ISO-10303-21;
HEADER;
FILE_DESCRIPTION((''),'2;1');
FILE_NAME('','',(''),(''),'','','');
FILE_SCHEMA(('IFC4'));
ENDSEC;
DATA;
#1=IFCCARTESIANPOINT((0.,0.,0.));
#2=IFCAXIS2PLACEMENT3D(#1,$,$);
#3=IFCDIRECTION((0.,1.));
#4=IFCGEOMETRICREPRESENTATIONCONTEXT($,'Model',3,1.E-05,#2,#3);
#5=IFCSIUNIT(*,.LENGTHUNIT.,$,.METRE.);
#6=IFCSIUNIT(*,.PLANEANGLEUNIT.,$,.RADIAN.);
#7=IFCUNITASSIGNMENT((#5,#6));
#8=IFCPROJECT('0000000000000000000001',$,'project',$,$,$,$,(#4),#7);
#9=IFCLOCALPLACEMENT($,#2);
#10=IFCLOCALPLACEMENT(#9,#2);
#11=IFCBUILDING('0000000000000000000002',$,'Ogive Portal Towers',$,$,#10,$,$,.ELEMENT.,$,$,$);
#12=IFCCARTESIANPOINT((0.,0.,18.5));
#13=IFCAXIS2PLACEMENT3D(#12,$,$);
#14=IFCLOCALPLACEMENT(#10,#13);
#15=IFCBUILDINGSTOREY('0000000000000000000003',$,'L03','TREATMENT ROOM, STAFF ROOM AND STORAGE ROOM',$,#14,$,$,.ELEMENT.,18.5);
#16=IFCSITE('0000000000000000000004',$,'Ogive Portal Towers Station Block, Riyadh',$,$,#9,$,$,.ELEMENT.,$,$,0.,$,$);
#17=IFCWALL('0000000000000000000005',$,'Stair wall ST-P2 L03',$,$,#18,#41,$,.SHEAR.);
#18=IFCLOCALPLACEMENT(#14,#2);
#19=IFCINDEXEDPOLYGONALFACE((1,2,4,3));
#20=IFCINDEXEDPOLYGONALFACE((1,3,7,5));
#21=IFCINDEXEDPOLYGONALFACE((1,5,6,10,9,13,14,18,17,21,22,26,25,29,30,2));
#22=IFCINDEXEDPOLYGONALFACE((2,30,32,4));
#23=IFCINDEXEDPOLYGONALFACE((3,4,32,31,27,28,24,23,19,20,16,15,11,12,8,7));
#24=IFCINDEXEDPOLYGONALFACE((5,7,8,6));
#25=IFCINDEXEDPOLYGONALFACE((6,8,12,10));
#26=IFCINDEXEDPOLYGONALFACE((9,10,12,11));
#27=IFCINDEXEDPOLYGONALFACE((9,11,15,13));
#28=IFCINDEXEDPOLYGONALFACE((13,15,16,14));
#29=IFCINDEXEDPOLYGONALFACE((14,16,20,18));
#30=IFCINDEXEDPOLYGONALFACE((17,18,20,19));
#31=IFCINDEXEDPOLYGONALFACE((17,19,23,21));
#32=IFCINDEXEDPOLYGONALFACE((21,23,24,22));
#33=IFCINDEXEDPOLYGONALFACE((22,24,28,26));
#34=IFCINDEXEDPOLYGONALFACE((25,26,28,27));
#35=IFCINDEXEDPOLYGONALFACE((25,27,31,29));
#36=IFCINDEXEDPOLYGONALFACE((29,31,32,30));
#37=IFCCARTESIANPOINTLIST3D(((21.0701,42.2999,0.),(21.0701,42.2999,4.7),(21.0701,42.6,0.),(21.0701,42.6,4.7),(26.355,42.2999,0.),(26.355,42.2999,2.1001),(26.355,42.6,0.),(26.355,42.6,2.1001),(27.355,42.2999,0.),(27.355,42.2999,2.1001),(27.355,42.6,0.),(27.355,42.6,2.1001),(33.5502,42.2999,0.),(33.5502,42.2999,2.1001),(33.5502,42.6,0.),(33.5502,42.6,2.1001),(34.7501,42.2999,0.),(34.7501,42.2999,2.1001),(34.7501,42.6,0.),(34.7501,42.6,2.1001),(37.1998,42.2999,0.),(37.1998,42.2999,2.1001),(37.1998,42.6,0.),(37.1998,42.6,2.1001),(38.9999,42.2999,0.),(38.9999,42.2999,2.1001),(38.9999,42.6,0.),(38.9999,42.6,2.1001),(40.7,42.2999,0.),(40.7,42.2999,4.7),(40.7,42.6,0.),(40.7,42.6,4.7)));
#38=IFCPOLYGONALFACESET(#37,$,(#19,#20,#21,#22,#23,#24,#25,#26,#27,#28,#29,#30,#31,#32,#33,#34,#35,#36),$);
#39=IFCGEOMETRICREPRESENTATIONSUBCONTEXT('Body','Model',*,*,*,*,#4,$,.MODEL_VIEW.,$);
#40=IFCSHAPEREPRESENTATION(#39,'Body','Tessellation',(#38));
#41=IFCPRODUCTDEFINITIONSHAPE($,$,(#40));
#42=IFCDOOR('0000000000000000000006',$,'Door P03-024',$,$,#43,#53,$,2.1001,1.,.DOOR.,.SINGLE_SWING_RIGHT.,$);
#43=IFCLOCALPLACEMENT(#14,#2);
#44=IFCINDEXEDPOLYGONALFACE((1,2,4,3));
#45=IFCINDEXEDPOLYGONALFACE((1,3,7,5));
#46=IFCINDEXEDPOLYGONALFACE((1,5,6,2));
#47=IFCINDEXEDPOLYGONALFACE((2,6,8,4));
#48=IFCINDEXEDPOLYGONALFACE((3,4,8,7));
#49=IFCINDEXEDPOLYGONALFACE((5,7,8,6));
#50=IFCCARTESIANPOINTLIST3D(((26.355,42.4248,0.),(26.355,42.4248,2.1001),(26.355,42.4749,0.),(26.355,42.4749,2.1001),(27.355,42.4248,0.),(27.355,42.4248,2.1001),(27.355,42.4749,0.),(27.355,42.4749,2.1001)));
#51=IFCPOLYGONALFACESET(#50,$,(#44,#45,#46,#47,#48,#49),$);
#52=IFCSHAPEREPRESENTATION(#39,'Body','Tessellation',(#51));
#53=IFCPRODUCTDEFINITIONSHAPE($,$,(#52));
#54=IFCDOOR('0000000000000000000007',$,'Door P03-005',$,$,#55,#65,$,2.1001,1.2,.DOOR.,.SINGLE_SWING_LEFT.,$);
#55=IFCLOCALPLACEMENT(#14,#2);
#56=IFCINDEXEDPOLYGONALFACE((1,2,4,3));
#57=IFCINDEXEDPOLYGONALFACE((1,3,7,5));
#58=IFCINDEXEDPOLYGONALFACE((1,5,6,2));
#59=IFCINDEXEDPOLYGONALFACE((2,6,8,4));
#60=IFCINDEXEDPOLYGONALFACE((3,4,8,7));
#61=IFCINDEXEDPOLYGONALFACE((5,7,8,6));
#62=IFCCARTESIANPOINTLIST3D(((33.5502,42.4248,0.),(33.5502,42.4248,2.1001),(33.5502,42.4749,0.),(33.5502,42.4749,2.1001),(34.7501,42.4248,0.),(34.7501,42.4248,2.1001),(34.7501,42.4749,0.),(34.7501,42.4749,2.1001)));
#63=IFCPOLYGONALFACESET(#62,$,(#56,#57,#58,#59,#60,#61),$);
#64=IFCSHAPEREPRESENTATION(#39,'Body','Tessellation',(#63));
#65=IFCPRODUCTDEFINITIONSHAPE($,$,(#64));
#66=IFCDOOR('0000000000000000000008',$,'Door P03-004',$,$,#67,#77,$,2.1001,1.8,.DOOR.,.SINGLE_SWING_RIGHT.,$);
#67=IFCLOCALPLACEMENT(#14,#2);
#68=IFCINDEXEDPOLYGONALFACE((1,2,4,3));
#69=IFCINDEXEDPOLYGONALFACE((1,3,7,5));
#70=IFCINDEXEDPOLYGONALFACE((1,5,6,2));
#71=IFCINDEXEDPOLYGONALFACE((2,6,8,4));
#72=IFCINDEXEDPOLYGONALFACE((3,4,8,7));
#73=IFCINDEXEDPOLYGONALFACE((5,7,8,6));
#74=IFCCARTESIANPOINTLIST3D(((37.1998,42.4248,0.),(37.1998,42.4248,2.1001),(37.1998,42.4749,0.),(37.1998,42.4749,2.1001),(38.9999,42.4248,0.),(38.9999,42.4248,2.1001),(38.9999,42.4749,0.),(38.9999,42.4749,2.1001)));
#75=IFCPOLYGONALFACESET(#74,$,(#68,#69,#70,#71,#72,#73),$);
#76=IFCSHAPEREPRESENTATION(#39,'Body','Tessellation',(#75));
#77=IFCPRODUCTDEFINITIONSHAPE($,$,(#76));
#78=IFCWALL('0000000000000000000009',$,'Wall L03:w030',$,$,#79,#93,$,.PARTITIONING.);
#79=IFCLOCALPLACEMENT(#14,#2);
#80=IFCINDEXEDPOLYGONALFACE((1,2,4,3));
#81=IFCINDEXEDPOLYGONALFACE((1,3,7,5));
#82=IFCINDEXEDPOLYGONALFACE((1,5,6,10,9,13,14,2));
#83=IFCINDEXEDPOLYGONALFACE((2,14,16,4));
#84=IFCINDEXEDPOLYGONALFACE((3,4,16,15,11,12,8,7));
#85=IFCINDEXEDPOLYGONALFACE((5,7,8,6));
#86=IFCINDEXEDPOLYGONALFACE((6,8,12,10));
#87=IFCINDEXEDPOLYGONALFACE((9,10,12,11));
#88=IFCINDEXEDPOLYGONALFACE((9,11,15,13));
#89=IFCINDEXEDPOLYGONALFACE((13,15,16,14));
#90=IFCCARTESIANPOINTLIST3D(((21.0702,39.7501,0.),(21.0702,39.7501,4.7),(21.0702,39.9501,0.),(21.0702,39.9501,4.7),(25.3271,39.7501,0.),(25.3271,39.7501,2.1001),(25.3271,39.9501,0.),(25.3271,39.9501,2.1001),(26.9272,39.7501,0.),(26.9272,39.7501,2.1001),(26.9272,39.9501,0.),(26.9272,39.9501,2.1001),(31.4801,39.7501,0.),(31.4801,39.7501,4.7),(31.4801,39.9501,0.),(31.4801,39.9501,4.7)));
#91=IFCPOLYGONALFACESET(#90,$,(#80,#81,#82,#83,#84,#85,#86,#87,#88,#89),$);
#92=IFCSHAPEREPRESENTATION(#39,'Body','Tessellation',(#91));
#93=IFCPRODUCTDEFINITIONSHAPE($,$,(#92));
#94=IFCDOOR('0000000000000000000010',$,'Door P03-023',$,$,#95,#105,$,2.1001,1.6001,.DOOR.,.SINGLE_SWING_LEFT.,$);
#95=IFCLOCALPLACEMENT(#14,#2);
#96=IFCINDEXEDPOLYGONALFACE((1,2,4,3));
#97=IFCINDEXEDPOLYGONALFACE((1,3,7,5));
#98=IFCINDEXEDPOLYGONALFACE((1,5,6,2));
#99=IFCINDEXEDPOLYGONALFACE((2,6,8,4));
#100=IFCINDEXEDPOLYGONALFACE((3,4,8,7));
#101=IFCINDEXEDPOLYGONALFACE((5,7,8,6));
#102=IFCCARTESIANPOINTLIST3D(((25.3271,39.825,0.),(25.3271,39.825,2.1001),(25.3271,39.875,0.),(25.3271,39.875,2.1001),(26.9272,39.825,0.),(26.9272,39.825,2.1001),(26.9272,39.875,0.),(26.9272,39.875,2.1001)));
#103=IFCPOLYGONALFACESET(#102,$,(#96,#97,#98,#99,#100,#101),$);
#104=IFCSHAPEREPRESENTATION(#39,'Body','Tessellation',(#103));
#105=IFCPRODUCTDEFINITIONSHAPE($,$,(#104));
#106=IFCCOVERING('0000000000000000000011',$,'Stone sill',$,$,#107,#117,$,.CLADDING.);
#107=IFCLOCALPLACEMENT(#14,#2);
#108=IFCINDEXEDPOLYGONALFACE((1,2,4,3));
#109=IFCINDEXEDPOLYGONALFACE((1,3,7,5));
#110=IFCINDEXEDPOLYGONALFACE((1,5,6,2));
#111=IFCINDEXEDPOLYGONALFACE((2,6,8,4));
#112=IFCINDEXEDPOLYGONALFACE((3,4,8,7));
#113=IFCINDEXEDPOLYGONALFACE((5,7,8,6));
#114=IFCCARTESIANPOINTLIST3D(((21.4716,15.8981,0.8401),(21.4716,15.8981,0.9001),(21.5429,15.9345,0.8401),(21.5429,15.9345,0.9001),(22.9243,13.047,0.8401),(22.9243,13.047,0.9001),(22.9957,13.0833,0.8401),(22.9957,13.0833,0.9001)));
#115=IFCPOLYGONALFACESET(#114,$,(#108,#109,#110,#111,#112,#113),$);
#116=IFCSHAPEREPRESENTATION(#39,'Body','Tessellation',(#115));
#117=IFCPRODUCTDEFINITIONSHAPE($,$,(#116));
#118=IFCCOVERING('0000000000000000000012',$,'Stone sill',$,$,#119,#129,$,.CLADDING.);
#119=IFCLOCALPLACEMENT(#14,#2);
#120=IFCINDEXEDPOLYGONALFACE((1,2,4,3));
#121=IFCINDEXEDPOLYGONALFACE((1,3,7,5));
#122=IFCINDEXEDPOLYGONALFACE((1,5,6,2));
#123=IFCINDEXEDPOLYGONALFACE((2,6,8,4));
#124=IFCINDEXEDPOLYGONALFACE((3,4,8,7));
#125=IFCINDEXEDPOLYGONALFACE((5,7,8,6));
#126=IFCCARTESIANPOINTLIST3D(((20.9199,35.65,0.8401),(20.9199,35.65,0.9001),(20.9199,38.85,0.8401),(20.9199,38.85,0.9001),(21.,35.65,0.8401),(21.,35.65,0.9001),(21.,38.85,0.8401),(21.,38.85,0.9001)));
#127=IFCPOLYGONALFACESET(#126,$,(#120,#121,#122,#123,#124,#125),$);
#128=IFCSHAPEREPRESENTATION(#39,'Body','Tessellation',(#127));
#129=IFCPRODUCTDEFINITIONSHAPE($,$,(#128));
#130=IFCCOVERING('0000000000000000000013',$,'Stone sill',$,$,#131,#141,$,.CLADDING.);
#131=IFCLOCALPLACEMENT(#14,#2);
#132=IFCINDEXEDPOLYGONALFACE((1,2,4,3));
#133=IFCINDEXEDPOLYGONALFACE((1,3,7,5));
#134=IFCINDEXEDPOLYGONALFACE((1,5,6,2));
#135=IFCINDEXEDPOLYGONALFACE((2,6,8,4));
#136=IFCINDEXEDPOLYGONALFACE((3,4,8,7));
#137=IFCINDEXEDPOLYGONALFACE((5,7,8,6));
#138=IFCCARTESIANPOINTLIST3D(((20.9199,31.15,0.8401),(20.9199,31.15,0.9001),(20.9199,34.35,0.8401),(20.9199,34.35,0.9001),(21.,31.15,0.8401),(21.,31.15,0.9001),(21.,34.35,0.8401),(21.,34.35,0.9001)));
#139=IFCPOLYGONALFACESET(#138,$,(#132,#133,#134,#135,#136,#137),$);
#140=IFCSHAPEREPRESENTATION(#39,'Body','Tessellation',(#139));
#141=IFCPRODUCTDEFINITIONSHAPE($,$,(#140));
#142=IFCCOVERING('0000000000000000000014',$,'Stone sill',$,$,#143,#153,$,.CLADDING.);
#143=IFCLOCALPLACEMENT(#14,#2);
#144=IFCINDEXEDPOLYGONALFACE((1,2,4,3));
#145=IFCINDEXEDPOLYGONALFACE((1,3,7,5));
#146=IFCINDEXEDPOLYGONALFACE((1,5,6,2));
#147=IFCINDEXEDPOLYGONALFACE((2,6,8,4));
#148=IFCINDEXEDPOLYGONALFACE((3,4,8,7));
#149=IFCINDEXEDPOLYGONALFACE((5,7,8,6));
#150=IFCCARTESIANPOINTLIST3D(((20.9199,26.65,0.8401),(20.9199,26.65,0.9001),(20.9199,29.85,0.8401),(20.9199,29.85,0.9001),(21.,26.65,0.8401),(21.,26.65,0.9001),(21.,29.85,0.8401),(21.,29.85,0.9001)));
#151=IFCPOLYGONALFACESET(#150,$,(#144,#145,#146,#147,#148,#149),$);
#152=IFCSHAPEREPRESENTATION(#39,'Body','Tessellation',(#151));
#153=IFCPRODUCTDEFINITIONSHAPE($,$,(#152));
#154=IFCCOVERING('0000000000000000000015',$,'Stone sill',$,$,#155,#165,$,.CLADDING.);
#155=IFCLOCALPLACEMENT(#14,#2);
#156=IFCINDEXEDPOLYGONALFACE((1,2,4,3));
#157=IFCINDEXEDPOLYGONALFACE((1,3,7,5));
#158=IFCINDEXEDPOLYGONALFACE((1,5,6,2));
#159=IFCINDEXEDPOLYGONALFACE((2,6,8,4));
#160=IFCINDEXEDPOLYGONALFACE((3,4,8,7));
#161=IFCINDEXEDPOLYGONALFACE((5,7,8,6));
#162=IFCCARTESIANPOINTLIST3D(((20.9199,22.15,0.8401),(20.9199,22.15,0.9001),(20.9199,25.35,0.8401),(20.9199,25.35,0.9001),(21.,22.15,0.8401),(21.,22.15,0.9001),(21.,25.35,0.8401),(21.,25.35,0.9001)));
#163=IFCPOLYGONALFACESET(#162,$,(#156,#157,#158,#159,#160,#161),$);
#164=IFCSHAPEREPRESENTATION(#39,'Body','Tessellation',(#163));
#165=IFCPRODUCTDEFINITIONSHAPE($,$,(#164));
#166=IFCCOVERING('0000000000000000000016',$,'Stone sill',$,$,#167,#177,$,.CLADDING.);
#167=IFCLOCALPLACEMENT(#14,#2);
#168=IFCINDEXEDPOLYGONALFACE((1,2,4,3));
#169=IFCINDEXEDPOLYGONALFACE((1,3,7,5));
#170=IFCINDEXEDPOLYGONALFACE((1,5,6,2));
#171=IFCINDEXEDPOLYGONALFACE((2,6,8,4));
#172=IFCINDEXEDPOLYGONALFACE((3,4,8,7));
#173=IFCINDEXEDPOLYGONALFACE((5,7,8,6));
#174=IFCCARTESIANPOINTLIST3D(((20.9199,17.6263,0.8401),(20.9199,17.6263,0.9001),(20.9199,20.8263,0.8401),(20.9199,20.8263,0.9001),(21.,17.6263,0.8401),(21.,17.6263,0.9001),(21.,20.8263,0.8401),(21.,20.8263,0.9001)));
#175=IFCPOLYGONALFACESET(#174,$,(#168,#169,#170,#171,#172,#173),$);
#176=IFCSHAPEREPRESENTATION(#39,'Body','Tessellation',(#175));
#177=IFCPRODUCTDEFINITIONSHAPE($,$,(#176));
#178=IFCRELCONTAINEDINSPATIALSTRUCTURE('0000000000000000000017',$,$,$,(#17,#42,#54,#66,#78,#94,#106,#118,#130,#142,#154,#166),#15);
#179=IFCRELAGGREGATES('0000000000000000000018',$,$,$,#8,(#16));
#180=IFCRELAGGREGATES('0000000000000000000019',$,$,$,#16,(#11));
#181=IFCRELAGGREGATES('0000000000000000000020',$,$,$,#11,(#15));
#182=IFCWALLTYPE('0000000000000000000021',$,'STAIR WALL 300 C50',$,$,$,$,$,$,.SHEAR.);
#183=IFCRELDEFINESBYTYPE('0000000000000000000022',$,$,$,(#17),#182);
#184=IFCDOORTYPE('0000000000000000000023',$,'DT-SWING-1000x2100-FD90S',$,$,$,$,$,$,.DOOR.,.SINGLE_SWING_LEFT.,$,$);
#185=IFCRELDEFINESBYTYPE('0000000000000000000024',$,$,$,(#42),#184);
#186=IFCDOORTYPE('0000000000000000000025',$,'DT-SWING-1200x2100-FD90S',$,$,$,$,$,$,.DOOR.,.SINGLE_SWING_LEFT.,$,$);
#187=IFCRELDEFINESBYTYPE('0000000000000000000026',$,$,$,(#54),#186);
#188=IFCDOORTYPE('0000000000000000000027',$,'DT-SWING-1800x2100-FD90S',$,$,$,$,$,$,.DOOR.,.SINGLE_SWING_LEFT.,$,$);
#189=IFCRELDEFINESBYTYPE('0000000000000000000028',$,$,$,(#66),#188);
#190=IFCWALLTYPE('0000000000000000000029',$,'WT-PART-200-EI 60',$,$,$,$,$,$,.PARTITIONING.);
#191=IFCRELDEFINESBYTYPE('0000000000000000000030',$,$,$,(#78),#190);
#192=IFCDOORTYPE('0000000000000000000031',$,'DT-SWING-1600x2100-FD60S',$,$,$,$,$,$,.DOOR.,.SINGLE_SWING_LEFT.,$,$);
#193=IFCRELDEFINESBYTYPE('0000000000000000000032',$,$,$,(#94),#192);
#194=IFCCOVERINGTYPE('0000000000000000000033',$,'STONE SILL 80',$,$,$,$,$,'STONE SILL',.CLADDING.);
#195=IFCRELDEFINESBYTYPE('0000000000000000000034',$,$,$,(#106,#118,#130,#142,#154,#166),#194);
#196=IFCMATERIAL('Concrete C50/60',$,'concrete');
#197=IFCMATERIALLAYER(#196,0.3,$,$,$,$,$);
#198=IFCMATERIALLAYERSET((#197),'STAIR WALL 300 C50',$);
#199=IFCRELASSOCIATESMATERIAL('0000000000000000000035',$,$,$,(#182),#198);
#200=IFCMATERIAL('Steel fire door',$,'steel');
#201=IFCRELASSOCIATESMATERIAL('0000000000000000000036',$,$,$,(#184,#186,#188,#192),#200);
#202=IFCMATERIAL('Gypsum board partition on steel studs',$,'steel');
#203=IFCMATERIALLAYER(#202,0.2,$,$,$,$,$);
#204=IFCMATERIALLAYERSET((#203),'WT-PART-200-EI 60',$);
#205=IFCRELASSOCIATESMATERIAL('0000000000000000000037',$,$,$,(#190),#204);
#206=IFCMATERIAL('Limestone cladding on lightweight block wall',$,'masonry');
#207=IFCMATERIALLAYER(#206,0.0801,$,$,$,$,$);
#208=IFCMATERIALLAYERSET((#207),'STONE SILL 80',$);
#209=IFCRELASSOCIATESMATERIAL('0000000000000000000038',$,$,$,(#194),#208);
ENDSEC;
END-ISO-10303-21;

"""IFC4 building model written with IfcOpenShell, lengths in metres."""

from ifc_helpers import new_model, si_unit, direction, frame, frame_2d, origin, origin_2d, place, context, subcontext, project, spatial, rectangle, extrude, material, layer, layer_set, type_object, element, fill, save


model = new_model("IFC4")

# Units and contexts
model_context = context("Model", 3, precision=1e-05, world=origin(), true_north=direction((0.0, 1.0)))
body_context = subcontext(model_context, "Body", "Model", "MODEL_VIEW")
ifc_project = project(units=[si_unit("LENGTHUNIT", "METRE"), si_unit("PLANEANGLEUNIT", "RADIAN")], contexts=[model_context])

# Site, building, storey
site_placement = place(None, origin())
site = spatial("IfcSite", under=ifc_project, at=site_placement, Name="Ogive Portal Towers Station Block, Riyadh", CompositionType="ELEMENT", RefElevation=0.0)
building_placement = place(site_placement, origin())
building = spatial("IfcBuilding", under=site, at=building_placement, Name="Ogive Portal Towers", CompositionType="ELEMENT")
storey_placement = place(building_placement, frame((0.0, 0.0, 18.5)))
storey = spatial("IfcBuildingStorey", under=building, at=storey_placement, Name="L03", Description="TREATMENT ROOM, STAFF ROOM AND STORAGE ROOM", CompositionType="ELEMENT", Elevation=18.5)

# Shared definitions
ifc_material_1 = material(Name="Concrete C50/60", Category="concrete")

# Shared definitions
ifc_material_2 = material(Name="Limestone cladding on lightweight block wall", Category="masonry")

# Wall, openings, doors
ifc_layer_1 = layer(ifc_material_1, 0.3)
ifc_layer_set_1 = layer_set([ifc_layer_1], Name="STAIR WALL 300 C50")
wall_type_1 = type_object("IfcWallType", Name="STAIR WALL 300 C50", PredefinedType="SHEAR", material=ifc_layer_set_1)
wall_1_placement = place(storey_placement, frame((21.0701, 42.45, 0.0), z_axis=(0.0, 0.0, 1.0), x_axis=(1.0, 0.0, 0.0)))
wall_1 = element("IfcWall", 1, at=wall_1_placement, inside=storey, type_object=wall_type_1, Name="Stair wall ST-P2 L03", PredefinedType="SHEAR", context=body_context, shape_type="SweptSolid", body=[
    extrude(rectangle(XDim=19.6299, YDim=0.3, at=frame_2d((9.8149, 0.0))), origin(), (0.0, 0.0, 1.0), 4.7),
])
opening_1_placement = place(wall_1_placement, frame((16.1299, 0.0, 0.0)))
opening_1 = element("IfcOpeningElement", 2, at=opening_1_placement, cuts=wall_1, PredefinedType="OPENING", context=body_context, shape_type="SweptSolid", body=[
    extrude(rectangle(XDim=1.8, YDim=2.1001, at=frame_2d((0.8999, 1.05))), frame((0.0, 0.1602, 0.0), z_axis=(0.0, -1.0, 0.0), x_axis=(1.0, 0.0, 0.0)), (0.0, 0.0, 1.0), 0.3201),
])
opening_2_placement = place(wall_1_placement, frame((12.48, 0.0, 0.0)))
opening_2 = element("IfcOpeningElement", 3, at=opening_2_placement, cuts=wall_1, PredefinedType="OPENING", context=body_context, shape_type="SweptSolid", body=[
    extrude(rectangle(XDim=1.2, YDim=2.1001, at=frame_2d((0.6001, 1.05))), frame((0.0, 0.1602, 0.0), z_axis=(0.0, -1.0, 0.0), x_axis=(1.0, 0.0, 0.0)), (0.0, 0.0, 1.0), 0.3201),
])
opening_3_placement = place(wall_1_placement, frame((5.2849, 0.0, 0.0)))
opening_3 = element("IfcOpeningElement", 4, at=opening_3_placement, cuts=wall_1, PredefinedType="OPENING", context=body_context, shape_type="SweptSolid", body=[
    extrude(rectangle(XDim=1.0, YDim=2.1001, at=frame_2d((0.5, 1.05))), frame((0.0, 0.1602, 0.0), z_axis=(0.0, -1.0, 0.0), x_axis=(1.0, 0.0, 0.0)), (0.0, 0.0, 1.0), 0.3201),
])
ifc_material_3 = material(Name="Steel fire door", Category="steel")
door_type_1 = type_object("IfcDoorType", Name="DT-SWING-1000x2100-FD90S", OperationType="SINGLE_SWING_LEFT", PredefinedType="DOOR", material=ifc_material_3)
door_1_placement = place(opening_3_placement, origin())
door_1 = element("IfcDoor", 5, at=door_1_placement, inside=storey, type_object=door_type_1, Name="Door P03-024", OperationType="SINGLE_SWING_RIGHT", OverallHeight=2.1001, OverallWidth=1.0, PredefinedType="DOOR", context=body_context, shape_type="SweptSolid", body=[
    extrude(rectangle(XDim=1.0, YDim=2.1001, at=frame_2d((0.5, 1.05))), frame((0.0, 0.0249, 0.0), z_axis=(0.0, -1.0, 0.0), x_axis=(1.0, 0.0, 0.0)), (0.0, 0.0, 1.0), 0.05),
])
fill(opening_3, door_1)
door_type_2 = type_object("IfcDoorType", Name="DT-SWING-1200x2100-FD90S", OperationType="SINGLE_SWING_LEFT", PredefinedType="DOOR", material=ifc_material_3)
door_2_placement = place(opening_2_placement, origin())
door_2 = element("IfcDoor", 6, at=door_2_placement, inside=storey, type_object=door_type_2, Name="Door P03-005", OperationType="SINGLE_SWING_LEFT", OverallHeight=2.1001, OverallWidth=1.2, PredefinedType="DOOR", context=body_context, shape_type="SweptSolid", body=[
    extrude(rectangle(XDim=1.2, YDim=2.1001, at=frame_2d((0.6001, 1.05))), frame((0.0, 0.0249, 0.0), z_axis=(0.0, -1.0, 0.0), x_axis=(1.0, 0.0, 0.0)), (0.0, 0.0, 1.0), 0.05),
])
fill(opening_2, door_2)
door_type_3 = type_object("IfcDoorType", Name="DT-SWING-1800x2100-FD90S", OperationType="SINGLE_SWING_LEFT", PredefinedType="DOOR", material=ifc_material_3)
door_3_placement = place(opening_1_placement, origin())
door_3 = element("IfcDoor", 7, at=door_3_placement, inside=storey, type_object=door_type_3, Name="Door P03-004", OperationType="SINGLE_SWING_RIGHT", OverallHeight=2.1001, OverallWidth=1.8, PredefinedType="DOOR", context=body_context, shape_type="SweptSolid", body=[
    extrude(rectangle(XDim=1.8, YDim=2.1001, at=frame_2d((0.8999, 1.05))), frame((0.0, 0.0249, 0.0), z_axis=(0.0, -1.0, 0.0), x_axis=(1.0, 0.0, 0.0)), (0.0, 0.0, 1.0), 0.05),
])
fill(opening_1, door_3)

# Wall, opening, door
ifc_material_4 = material(Name="Gypsum board partition on steel studs", Category="steel")
ifc_layer_2 = layer(ifc_material_4, 0.2)
ifc_layer_set_2 = layer_set([ifc_layer_2], Name="WT-PART-200-EI 60")
wall_type_2 = type_object("IfcWallType", Name="WT-PART-200-EI 60", PredefinedType="PARTITIONING", material=ifc_layer_set_2)
wall_2_placement = place(storey_placement, frame((21.0701, 39.8501, 0.0), z_axis=(0.0, 0.0, 1.0), x_axis=(1.0, 0.0, 0.0)))
wall_2 = element("IfcWall", 8, at=wall_2_placement, inside=storey, type_object=wall_type_2, Name="Wall L03:w030", PredefinedType="PARTITIONING", context=body_context, shape_type="SweptSolid", body=[
    extrude(rectangle(XDim=10.4099, YDim=0.2, at=frame_2d((5.2051, 0.0))), origin(), (0.0, 0.0, 1.0), 4.7),
])
opening_4_placement = place(wall_2_placement, frame((4.2571, 0.0, 0.0)))
opening_4 = element("IfcOpeningElement", 9, at=opening_4_placement, cuts=wall_2, PredefinedType="OPENING", context=body_context, shape_type="SweptSolid", body=[
    extrude(rectangle(XDim=1.6001, YDim=2.1001, at=frame_2d((0.8, 1.05))), frame((0.0, 0.1099, 0.0), z_axis=(0.0, -1.0, 0.0), x_axis=(1.0, 0.0, 0.0)), (0.0, 0.0, 1.0), 0.22),
])
door_type_4 = type_object("IfcDoorType", Name="DT-SWING-1600x2100-FD60S", OperationType="SINGLE_SWING_LEFT", PredefinedType="DOOR", material=ifc_material_3)
door_4_placement = place(opening_4_placement, origin())
door_4 = element("IfcDoor", 10, at=door_4_placement, inside=storey, type_object=door_type_4, Name="Door P03-023", OperationType="SINGLE_SWING_LEFT", OverallHeight=2.1001, OverallWidth=1.6001, PredefinedType="DOOR", context=body_context, shape_type="SweptSolid", body=[
    extrude(rectangle(XDim=1.6001, YDim=2.1001, at=frame_2d((0.8, 1.05))), frame((0.0, 0.0249, 0.0), z_axis=(0.0, -1.0, 0.0), x_axis=(1.0, 0.0, 0.0)), (0.0, 0.0, 1.0), 0.05),
])
fill(opening_4, door_4)

# Coverings
ifc_layer_3 = layer(ifc_material_2, 0.0801)
ifc_layer_set_3 = layer_set([ifc_layer_3], Name="STONE SILL 80")
covering_type = type_object("IfcCoveringType", Name="STONE SILL 80", ElementType="STONE SILL", PredefinedType="CLADDING", material=ifc_layer_set_3)
for number, where, z_axis, x_axis, name in (
    (11, (22.2336, 14.4907, 0.8401), (0.0, 0.0, 1.0), (0.45399, -0.891007, 0.0), "Stone sill"),
    (12, (20.96, 37.25, 0.8401), (0.0, 0.0, 1.0), (0.0, -1.0, 0.0), "Stone sill"),
    (13, (20.96, 32.75, 0.8401), (0.0, 0.0, 1.0), (0.0, -1.0, 0.0), "Stone sill"),
    (14, (20.96, 28.25, 0.8401), (0.0, 0.0, 1.0), (0.0, -1.0, 0.0), "Stone sill"),
    (15, (20.96, 23.75, 0.8401), (0.0, 0.0, 1.0), (0.0, -1.0, 0.0), "Stone sill"),
    (16, (20.96, 19.2263, 0.8401), (0.0, 0.0, 1.0), (0.0, -1.0, 0.0), "Stone sill"),
):
    element("IfcCovering", number, at=place(storey_placement, frame(where, z_axis=z_axis, x_axis=x_axis)), inside=storey, type_object=covering_type, Name=name, PredefinedType="CLADDING", context=body_context, shape_type="SweptSolid", body=[
        extrude(rectangle(XDim=3.2, YDim=0.0801, at=origin_2d()), origin(), (0.0, 0.0, 1.0), 0.0601),
    ])

save(model, "model.ifc")
